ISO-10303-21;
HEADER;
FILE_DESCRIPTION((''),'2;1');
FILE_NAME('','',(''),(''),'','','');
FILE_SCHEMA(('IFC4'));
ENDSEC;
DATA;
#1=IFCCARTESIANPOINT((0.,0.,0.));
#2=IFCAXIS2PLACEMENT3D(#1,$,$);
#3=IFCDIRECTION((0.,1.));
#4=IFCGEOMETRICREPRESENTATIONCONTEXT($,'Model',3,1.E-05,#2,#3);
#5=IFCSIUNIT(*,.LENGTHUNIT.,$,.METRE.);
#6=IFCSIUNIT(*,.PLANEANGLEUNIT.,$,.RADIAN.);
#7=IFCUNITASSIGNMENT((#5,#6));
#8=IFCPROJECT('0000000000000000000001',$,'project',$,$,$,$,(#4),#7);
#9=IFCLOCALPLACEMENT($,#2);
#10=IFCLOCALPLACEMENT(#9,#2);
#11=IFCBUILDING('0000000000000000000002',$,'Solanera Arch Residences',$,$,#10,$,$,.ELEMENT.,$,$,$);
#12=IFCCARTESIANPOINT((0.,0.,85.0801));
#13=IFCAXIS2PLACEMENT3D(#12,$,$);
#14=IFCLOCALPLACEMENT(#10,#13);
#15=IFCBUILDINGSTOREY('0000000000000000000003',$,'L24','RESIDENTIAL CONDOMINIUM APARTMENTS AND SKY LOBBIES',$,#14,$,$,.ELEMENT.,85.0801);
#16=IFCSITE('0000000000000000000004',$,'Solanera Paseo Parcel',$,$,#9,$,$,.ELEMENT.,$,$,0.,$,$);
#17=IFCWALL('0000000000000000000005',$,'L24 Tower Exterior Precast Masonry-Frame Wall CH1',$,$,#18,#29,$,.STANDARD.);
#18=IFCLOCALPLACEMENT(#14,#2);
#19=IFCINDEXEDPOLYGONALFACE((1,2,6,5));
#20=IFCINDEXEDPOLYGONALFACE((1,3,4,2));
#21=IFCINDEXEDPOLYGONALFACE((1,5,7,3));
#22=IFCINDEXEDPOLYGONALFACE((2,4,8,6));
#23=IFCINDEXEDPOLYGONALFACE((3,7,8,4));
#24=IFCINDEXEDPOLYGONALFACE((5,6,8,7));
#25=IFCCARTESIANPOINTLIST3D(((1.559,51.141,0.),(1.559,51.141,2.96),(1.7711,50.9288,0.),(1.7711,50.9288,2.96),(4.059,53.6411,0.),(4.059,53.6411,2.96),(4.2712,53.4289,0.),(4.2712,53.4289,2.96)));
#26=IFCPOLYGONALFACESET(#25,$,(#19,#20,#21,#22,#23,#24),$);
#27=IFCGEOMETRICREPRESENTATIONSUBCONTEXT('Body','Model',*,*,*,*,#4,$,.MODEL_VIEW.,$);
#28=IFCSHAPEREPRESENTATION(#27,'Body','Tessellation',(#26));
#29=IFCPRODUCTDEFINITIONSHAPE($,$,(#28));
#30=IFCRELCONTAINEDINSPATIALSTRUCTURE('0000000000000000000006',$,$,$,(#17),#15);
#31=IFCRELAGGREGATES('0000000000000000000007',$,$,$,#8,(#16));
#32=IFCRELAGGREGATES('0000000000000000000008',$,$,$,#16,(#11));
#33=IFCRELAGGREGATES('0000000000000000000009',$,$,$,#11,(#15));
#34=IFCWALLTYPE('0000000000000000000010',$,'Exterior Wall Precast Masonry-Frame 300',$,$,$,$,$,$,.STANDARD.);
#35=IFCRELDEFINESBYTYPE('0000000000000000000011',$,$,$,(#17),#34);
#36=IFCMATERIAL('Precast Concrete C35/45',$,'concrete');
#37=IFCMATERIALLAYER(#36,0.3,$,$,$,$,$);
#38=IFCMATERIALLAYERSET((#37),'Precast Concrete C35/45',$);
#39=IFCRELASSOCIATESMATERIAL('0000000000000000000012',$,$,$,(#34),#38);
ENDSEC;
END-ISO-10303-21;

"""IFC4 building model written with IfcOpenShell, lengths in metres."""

from ifc_helpers import new_model, si_unit, direction, frame, frame_2d, origin, place, context, subcontext, project, spatial, rectangle, extrude, material, layer, layer_set, type_object, element, save


model = new_model("IFC4")

# Units and contexts
model_context = context("Model", 3, precision=1e-05, world=origin(), true_north=direction((0.0, 1.0)))
body_context = subcontext(model_context, "Body", "Model", "MODEL_VIEW")
ifc_project = project(units=[si_unit("LENGTHUNIT", "METRE"), si_unit("PLANEANGLEUNIT", "RADIAN")], contexts=[model_context])

# Site, building, storey
site_placement = place(None, origin())
site = spatial("IfcSite", under=ifc_project, at=site_placement, Name="Solanera Paseo Parcel", CompositionType="ELEMENT", RefElevation=0.0)
building_placement = place(site_placement, origin())
building = spatial("IfcBuilding", under=site, at=building_placement, Name="Solanera Arch Residences", CompositionType="ELEMENT")
storey_placement = place(building_placement, frame((0.0, 0.0, 85.0801)))
storey = spatial("IfcBuildingStorey", under=building, at=storey_placement, Name="L24", Description="RESIDENTIAL CONDOMINIUM APARTMENTS AND SKY LOBBIES", CompositionType="ELEMENT", Elevation=85.0801)

# Wall
ifc_material_1 = material(Name="Precast Concrete C35/45", Category="concrete")
ifc_layer_1 = layer(ifc_material_1, 0.3)
ifc_layer_set_1 = layer_set([ifc_layer_1], Name="Precast Concrete C35/45")
wall_type_1 = type_object("IfcWallType", Name="Exterior Wall Precast Masonry-Frame 300", PredefinedType="STANDARD", material=ifc_layer_set_1)
wall_1_placement = place(storey_placement, frame((1.665, 51.0349, 0.0), z_axis=(0.0, 0.0, 1.0), x_axis=(0.707107, 0.707107, 0.0)))
element("IfcWall", 1, at=wall_1_placement, inside=storey, type_object=wall_type_1, Name="L24 Tower Exterior Precast Masonry-Frame Wall CH1", PredefinedType="STANDARD", context=body_context, shape_type="SweptSolid", body=[
    extrude(rectangle(XDim=3.5356, YDim=0.3, at=frame_2d((1.7678, 0.0))), origin(), (0.0, 0.0, 1.0), 2.96),
])

save(model, "model.ifc")
